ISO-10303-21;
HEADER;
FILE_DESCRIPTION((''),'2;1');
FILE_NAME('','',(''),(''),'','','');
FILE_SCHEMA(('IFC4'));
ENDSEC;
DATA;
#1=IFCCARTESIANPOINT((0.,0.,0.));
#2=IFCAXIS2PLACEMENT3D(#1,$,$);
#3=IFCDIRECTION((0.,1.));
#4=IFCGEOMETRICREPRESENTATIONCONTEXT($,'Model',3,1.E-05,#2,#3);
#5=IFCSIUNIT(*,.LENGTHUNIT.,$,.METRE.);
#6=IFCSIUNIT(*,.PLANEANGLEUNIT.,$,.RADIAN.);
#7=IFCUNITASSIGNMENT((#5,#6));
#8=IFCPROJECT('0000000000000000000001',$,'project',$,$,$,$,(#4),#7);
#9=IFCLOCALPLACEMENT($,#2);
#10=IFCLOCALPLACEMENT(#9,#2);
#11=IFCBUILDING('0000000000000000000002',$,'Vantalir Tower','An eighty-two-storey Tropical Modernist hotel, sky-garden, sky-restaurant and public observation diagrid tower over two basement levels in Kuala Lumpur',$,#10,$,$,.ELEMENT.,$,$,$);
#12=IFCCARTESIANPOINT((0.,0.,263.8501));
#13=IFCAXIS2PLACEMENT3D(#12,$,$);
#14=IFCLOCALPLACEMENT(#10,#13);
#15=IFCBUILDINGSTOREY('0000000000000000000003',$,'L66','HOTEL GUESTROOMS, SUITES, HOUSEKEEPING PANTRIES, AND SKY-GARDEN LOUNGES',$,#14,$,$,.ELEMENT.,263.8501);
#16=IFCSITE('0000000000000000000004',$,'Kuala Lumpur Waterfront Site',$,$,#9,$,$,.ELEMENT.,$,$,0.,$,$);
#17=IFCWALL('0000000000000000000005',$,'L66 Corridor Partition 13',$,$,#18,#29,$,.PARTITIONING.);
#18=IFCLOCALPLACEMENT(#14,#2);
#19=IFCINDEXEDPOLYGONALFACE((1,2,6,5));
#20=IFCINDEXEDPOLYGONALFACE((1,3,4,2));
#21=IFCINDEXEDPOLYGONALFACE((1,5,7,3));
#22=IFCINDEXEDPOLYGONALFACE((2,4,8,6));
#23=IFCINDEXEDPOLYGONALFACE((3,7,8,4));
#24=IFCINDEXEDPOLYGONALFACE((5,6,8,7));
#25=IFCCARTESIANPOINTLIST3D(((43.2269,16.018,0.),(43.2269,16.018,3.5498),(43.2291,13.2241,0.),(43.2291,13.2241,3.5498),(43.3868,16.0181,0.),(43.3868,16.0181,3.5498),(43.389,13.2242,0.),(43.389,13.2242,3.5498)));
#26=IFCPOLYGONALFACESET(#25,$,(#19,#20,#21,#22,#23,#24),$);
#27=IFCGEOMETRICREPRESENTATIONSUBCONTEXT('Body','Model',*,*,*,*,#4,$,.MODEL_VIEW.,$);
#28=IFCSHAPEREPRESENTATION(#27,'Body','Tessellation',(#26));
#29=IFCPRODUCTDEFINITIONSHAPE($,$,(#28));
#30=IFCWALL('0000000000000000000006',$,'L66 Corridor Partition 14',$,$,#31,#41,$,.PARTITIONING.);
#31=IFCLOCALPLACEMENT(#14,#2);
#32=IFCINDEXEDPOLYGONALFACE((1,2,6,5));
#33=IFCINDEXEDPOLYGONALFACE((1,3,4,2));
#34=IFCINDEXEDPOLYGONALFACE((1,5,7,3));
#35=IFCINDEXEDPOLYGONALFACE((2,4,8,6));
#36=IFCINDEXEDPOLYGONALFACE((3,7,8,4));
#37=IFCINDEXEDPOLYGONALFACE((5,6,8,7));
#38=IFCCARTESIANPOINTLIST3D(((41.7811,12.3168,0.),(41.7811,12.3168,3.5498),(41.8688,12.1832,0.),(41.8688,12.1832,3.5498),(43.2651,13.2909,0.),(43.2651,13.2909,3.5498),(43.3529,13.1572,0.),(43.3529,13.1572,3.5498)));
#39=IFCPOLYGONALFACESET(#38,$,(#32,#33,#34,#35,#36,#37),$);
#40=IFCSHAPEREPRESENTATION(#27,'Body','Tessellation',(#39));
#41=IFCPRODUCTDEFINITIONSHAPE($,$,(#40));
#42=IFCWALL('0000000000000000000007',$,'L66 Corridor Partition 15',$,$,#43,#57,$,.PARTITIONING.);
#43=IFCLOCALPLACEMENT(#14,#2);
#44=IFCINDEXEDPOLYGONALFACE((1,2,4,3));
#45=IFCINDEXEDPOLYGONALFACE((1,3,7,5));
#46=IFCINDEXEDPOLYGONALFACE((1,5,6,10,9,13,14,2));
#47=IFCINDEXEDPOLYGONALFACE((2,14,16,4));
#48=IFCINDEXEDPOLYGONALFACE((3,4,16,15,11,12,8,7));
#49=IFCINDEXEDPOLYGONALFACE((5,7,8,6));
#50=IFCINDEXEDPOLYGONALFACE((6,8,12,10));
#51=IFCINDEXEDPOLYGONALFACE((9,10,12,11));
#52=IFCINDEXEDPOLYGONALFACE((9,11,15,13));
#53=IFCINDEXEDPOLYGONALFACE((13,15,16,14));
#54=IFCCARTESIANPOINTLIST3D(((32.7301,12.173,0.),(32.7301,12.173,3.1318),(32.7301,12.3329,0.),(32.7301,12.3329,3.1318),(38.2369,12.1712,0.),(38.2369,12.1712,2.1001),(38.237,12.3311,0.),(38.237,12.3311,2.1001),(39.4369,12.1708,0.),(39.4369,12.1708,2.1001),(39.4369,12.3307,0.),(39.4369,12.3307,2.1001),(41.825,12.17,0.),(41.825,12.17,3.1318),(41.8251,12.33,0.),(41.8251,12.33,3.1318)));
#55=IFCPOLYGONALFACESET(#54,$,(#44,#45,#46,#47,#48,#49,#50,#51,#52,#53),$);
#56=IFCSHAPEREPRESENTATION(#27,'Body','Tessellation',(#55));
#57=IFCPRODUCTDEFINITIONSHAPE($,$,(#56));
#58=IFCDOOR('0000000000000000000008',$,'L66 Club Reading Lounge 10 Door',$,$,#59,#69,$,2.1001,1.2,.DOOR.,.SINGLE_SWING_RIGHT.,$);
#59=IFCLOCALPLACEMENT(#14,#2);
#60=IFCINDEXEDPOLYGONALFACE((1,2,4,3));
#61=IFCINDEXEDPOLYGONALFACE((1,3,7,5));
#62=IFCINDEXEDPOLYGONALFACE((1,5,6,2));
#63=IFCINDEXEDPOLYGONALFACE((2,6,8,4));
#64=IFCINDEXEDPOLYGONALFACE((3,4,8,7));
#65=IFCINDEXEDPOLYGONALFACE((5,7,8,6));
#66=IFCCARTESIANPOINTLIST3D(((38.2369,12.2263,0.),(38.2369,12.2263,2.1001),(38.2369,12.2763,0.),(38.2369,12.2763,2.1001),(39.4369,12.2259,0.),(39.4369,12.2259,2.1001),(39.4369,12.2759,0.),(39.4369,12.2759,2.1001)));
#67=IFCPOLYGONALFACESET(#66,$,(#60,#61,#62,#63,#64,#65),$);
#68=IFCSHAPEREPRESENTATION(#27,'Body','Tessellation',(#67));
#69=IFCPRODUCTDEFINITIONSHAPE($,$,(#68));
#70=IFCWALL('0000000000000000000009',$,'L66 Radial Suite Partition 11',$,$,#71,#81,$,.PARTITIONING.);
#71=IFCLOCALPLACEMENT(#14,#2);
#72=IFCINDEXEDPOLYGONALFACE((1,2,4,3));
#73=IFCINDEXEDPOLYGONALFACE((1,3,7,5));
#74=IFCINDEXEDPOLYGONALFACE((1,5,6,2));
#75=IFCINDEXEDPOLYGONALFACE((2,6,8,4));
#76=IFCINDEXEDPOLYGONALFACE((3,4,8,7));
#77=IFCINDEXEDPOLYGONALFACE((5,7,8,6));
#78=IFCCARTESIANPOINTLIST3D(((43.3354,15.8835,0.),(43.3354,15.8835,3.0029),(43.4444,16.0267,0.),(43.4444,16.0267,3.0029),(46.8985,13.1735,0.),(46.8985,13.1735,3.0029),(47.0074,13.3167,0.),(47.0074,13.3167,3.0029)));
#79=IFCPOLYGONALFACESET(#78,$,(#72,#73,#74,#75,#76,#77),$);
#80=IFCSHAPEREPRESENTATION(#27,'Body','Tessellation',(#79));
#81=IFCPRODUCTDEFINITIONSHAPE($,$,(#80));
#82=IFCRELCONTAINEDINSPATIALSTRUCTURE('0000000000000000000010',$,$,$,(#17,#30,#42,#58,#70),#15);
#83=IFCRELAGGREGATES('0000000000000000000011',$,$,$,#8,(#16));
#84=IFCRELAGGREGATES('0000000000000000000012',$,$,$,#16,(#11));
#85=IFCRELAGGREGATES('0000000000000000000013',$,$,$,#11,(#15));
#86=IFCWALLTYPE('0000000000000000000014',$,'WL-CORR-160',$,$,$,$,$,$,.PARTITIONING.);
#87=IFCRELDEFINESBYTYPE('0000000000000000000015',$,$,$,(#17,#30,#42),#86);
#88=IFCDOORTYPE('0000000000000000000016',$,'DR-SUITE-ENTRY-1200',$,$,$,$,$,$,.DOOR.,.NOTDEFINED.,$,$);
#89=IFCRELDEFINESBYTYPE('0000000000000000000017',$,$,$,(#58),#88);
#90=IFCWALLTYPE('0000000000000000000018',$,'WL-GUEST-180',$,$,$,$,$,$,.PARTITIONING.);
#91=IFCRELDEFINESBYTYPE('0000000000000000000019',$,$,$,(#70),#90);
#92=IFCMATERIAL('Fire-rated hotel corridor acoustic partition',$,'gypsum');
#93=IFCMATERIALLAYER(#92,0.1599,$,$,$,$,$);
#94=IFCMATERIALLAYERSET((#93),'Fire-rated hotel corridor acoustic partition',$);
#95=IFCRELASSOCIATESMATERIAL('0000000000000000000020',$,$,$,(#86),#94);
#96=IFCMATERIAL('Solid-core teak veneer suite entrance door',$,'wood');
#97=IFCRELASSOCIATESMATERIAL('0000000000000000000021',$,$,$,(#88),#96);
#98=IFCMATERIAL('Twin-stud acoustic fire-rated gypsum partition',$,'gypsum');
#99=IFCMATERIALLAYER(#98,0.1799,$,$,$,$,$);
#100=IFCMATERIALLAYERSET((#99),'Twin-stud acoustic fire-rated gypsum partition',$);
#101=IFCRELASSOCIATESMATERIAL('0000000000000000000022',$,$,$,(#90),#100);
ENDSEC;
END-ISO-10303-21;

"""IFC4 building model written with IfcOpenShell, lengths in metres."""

from ifc_helpers import new_model, si_unit, direction, frame, frame_2d, origin, place, context, subcontext, project, spatial, rectangle, extrude, material, layer, layer_set, type_object, element, fill, save


model = new_model("IFC4")

# Units and contexts
model_context = context("Model", 3, precision=1e-05, world=origin(), true_north=direction((0.0, 1.0)))
body_context = subcontext(model_context, "Body", "Model", "MODEL_VIEW")
ifc_project = project(units=[si_unit("LENGTHUNIT", "METRE"), si_unit("PLANEANGLEUNIT", "RADIAN")], contexts=[model_context])

# Site, building, storey
site_placement = place(None, origin())
site = spatial("IfcSite", under=ifc_project, at=site_placement, Name="Kuala Lumpur Waterfront Site", CompositionType="ELEMENT", RefElevation=0.0)
building_placement = place(site_placement, origin())
building = spatial("IfcBuilding", under=site, at=building_placement, Name="Vantalir Tower", Description="An eighty-two-storey Tropical Modernist hotel, sky-garden, sky-restaurant and public observation diagrid tower over two basement levels in Kuala Lumpur", CompositionType="ELEMENT")
storey_placement = place(building_placement, frame((0.0, 0.0, 263.8501)))
storey = spatial("IfcBuildingStorey", under=building, at=storey_placement, Name="L66", Description="HOTEL GUESTROOMS, SUITES, HOUSEKEEPING PANTRIES, AND SKY-GARDEN LOUNGES", CompositionType="ELEMENT", Elevation=263.8501)

# Walls
ifc_material_1 = material(Name="Fire-rated hotel corridor acoustic partition", Category="gypsum")
ifc_layer_1 = layer(ifc_material_1, 0.1599)
ifc_layer_set_1 = layer_set([ifc_layer_1], Name="Fire-rated hotel corridor acoustic partition")
wall_type_1 = type_object("IfcWallType", Name="WL-CORR-160", PredefinedType="PARTITIONING", material=ifc_layer_set_1)
wall_1_placement = place(storey_placement, frame((43.3069, 16.0181, 0.0), z_axis=(0.0, 0.0, 1.0), x_axis=(0.000786, -1.0, 0.0)))
element("IfcWall", 1, at=wall_1_placement, inside=storey, type_object=wall_type_1, Name="L66 Corridor Partition 13", PredefinedType="PARTITIONING", context=body_context, shape_type="SweptSolid", body=[
    extrude(rectangle(XDim=2.7939, YDim=0.1599, at=frame_2d((1.397, 0.0))), origin(), (0.0, 0.0, 1.0), 3.5498),
])
wall_2_placement = place(storey_placement, frame((43.3091, 13.2241, 0.0), z_axis=(0.0, 0.0, 1.0), x_axis=(-0.836007, -0.54872, 0.0)))
element("IfcWall", 2, at=wall_2_placement, inside=storey, type_object=wall_type_1, Name="L66 Corridor Partition 14", PredefinedType="PARTITIONING", context=body_context, shape_type="SweptSolid", body=[
    extrude(rectangle(XDim=1.7751, YDim=0.1599, at=frame_2d((0.8877, 0.0))), origin(), (0.0, 0.0, 1.0), 3.5498),
])

# Wall, opening, door
wall_3_placement = place(storey_placement, frame((41.825, 12.25, 0.0), z_axis=(0.0, 0.0, 1.0), x_axis=(-1.0, 0.000322, 0.0)))
wall_3 = element("IfcWall", 3, at=wall_3_placement, inside=storey, type_object=wall_type_1, Name="L66 Corridor Partition 15", PredefinedType="PARTITIONING", context=body_context, shape_type="SweptSolid", body=[
    extrude(rectangle(XDim=9.095, YDim=0.1599, at=frame_2d((4.5474, 0.0))), origin(), (0.0, 0.0, 1.0), 3.1318),
])
opening_placement = place(wall_3_placement, frame((2.3879, 0.0, 0.0)))
opening = element("IfcOpeningElement", 4, at=opening_placement, cuts=wall_3, PredefinedType="OPENING", context=body_context, shape_type="SweptSolid", body=[
    extrude(rectangle(XDim=1.2, YDim=2.1001, at=frame_2d((0.6001, 1.05))), frame((0.0, 0.0898, 0.0), z_axis=(0.0, -1.0, 0.0), x_axis=(1.0, 0.0, 0.0)), (0.0, 0.0, 1.0), 0.1799),
])
ifc_material_2 = material(Name="Solid-core teak veneer suite entrance door", Category="wood")
door_type = type_object("IfcDoorType", Name="DR-SUITE-ENTRY-1200", OperationType="NOTDEFINED", PredefinedType="DOOR", material=ifc_material_2)
door_placement = place(opening_placement, origin())
door = element("IfcDoor", 5, at=door_placement, inside=storey, type_object=door_type, Name="L66 Club Reading Lounge 10 Door", OperationType="SINGLE_SWING_RIGHT", OverallHeight=2.1001, OverallWidth=1.2, PredefinedType="DOOR", context=body_context, shape_type="SweptSolid", body=[
    extrude(rectangle(XDim=1.2, YDim=2.1001, at=frame_2d((0.6001, 1.05))), frame((0.0, 0.0249, 0.0), z_axis=(0.0, -1.0, 0.0), x_axis=(1.0, 0.0, 0.0)), (0.0, 0.0, 1.0), 0.05),
])
fill(opening, door)

# Wall
ifc_material_3 = material(Name="Twin-stud acoustic fire-rated gypsum partition", Category="gypsum")
ifc_layer_2 = layer(ifc_material_3, 0.1799)
ifc_layer_set_2 = layer_set([ifc_layer_2], Name="Twin-stud acoustic fire-rated gypsum partition")
wall_type_2 = type_object("IfcWallType", Name="WL-GUEST-180", PredefinedType="PARTITIONING", material=ifc_layer_set_2)
wall_4_placement = place(storey_placement, frame((43.3899, 15.9551, 0.0), z_axis=(0.0, 0.0, 1.0), x_axis=(0.795937, -0.605379, 0.0)))
element("IfcWall", 6, at=wall_4_placement, inside=storey, type_object=wall_type_2, Name="L66 Radial Suite Partition 11", PredefinedType="PARTITIONING", context=body_context, shape_type="SweptSolid", body=[
    extrude(rectangle(XDim=4.4766, YDim=0.1799, at=frame_2d((2.2383, 0.0))), origin(), (0.0, 0.0, 1.0), 3.0029),
])

save(model, "model.ifc")
